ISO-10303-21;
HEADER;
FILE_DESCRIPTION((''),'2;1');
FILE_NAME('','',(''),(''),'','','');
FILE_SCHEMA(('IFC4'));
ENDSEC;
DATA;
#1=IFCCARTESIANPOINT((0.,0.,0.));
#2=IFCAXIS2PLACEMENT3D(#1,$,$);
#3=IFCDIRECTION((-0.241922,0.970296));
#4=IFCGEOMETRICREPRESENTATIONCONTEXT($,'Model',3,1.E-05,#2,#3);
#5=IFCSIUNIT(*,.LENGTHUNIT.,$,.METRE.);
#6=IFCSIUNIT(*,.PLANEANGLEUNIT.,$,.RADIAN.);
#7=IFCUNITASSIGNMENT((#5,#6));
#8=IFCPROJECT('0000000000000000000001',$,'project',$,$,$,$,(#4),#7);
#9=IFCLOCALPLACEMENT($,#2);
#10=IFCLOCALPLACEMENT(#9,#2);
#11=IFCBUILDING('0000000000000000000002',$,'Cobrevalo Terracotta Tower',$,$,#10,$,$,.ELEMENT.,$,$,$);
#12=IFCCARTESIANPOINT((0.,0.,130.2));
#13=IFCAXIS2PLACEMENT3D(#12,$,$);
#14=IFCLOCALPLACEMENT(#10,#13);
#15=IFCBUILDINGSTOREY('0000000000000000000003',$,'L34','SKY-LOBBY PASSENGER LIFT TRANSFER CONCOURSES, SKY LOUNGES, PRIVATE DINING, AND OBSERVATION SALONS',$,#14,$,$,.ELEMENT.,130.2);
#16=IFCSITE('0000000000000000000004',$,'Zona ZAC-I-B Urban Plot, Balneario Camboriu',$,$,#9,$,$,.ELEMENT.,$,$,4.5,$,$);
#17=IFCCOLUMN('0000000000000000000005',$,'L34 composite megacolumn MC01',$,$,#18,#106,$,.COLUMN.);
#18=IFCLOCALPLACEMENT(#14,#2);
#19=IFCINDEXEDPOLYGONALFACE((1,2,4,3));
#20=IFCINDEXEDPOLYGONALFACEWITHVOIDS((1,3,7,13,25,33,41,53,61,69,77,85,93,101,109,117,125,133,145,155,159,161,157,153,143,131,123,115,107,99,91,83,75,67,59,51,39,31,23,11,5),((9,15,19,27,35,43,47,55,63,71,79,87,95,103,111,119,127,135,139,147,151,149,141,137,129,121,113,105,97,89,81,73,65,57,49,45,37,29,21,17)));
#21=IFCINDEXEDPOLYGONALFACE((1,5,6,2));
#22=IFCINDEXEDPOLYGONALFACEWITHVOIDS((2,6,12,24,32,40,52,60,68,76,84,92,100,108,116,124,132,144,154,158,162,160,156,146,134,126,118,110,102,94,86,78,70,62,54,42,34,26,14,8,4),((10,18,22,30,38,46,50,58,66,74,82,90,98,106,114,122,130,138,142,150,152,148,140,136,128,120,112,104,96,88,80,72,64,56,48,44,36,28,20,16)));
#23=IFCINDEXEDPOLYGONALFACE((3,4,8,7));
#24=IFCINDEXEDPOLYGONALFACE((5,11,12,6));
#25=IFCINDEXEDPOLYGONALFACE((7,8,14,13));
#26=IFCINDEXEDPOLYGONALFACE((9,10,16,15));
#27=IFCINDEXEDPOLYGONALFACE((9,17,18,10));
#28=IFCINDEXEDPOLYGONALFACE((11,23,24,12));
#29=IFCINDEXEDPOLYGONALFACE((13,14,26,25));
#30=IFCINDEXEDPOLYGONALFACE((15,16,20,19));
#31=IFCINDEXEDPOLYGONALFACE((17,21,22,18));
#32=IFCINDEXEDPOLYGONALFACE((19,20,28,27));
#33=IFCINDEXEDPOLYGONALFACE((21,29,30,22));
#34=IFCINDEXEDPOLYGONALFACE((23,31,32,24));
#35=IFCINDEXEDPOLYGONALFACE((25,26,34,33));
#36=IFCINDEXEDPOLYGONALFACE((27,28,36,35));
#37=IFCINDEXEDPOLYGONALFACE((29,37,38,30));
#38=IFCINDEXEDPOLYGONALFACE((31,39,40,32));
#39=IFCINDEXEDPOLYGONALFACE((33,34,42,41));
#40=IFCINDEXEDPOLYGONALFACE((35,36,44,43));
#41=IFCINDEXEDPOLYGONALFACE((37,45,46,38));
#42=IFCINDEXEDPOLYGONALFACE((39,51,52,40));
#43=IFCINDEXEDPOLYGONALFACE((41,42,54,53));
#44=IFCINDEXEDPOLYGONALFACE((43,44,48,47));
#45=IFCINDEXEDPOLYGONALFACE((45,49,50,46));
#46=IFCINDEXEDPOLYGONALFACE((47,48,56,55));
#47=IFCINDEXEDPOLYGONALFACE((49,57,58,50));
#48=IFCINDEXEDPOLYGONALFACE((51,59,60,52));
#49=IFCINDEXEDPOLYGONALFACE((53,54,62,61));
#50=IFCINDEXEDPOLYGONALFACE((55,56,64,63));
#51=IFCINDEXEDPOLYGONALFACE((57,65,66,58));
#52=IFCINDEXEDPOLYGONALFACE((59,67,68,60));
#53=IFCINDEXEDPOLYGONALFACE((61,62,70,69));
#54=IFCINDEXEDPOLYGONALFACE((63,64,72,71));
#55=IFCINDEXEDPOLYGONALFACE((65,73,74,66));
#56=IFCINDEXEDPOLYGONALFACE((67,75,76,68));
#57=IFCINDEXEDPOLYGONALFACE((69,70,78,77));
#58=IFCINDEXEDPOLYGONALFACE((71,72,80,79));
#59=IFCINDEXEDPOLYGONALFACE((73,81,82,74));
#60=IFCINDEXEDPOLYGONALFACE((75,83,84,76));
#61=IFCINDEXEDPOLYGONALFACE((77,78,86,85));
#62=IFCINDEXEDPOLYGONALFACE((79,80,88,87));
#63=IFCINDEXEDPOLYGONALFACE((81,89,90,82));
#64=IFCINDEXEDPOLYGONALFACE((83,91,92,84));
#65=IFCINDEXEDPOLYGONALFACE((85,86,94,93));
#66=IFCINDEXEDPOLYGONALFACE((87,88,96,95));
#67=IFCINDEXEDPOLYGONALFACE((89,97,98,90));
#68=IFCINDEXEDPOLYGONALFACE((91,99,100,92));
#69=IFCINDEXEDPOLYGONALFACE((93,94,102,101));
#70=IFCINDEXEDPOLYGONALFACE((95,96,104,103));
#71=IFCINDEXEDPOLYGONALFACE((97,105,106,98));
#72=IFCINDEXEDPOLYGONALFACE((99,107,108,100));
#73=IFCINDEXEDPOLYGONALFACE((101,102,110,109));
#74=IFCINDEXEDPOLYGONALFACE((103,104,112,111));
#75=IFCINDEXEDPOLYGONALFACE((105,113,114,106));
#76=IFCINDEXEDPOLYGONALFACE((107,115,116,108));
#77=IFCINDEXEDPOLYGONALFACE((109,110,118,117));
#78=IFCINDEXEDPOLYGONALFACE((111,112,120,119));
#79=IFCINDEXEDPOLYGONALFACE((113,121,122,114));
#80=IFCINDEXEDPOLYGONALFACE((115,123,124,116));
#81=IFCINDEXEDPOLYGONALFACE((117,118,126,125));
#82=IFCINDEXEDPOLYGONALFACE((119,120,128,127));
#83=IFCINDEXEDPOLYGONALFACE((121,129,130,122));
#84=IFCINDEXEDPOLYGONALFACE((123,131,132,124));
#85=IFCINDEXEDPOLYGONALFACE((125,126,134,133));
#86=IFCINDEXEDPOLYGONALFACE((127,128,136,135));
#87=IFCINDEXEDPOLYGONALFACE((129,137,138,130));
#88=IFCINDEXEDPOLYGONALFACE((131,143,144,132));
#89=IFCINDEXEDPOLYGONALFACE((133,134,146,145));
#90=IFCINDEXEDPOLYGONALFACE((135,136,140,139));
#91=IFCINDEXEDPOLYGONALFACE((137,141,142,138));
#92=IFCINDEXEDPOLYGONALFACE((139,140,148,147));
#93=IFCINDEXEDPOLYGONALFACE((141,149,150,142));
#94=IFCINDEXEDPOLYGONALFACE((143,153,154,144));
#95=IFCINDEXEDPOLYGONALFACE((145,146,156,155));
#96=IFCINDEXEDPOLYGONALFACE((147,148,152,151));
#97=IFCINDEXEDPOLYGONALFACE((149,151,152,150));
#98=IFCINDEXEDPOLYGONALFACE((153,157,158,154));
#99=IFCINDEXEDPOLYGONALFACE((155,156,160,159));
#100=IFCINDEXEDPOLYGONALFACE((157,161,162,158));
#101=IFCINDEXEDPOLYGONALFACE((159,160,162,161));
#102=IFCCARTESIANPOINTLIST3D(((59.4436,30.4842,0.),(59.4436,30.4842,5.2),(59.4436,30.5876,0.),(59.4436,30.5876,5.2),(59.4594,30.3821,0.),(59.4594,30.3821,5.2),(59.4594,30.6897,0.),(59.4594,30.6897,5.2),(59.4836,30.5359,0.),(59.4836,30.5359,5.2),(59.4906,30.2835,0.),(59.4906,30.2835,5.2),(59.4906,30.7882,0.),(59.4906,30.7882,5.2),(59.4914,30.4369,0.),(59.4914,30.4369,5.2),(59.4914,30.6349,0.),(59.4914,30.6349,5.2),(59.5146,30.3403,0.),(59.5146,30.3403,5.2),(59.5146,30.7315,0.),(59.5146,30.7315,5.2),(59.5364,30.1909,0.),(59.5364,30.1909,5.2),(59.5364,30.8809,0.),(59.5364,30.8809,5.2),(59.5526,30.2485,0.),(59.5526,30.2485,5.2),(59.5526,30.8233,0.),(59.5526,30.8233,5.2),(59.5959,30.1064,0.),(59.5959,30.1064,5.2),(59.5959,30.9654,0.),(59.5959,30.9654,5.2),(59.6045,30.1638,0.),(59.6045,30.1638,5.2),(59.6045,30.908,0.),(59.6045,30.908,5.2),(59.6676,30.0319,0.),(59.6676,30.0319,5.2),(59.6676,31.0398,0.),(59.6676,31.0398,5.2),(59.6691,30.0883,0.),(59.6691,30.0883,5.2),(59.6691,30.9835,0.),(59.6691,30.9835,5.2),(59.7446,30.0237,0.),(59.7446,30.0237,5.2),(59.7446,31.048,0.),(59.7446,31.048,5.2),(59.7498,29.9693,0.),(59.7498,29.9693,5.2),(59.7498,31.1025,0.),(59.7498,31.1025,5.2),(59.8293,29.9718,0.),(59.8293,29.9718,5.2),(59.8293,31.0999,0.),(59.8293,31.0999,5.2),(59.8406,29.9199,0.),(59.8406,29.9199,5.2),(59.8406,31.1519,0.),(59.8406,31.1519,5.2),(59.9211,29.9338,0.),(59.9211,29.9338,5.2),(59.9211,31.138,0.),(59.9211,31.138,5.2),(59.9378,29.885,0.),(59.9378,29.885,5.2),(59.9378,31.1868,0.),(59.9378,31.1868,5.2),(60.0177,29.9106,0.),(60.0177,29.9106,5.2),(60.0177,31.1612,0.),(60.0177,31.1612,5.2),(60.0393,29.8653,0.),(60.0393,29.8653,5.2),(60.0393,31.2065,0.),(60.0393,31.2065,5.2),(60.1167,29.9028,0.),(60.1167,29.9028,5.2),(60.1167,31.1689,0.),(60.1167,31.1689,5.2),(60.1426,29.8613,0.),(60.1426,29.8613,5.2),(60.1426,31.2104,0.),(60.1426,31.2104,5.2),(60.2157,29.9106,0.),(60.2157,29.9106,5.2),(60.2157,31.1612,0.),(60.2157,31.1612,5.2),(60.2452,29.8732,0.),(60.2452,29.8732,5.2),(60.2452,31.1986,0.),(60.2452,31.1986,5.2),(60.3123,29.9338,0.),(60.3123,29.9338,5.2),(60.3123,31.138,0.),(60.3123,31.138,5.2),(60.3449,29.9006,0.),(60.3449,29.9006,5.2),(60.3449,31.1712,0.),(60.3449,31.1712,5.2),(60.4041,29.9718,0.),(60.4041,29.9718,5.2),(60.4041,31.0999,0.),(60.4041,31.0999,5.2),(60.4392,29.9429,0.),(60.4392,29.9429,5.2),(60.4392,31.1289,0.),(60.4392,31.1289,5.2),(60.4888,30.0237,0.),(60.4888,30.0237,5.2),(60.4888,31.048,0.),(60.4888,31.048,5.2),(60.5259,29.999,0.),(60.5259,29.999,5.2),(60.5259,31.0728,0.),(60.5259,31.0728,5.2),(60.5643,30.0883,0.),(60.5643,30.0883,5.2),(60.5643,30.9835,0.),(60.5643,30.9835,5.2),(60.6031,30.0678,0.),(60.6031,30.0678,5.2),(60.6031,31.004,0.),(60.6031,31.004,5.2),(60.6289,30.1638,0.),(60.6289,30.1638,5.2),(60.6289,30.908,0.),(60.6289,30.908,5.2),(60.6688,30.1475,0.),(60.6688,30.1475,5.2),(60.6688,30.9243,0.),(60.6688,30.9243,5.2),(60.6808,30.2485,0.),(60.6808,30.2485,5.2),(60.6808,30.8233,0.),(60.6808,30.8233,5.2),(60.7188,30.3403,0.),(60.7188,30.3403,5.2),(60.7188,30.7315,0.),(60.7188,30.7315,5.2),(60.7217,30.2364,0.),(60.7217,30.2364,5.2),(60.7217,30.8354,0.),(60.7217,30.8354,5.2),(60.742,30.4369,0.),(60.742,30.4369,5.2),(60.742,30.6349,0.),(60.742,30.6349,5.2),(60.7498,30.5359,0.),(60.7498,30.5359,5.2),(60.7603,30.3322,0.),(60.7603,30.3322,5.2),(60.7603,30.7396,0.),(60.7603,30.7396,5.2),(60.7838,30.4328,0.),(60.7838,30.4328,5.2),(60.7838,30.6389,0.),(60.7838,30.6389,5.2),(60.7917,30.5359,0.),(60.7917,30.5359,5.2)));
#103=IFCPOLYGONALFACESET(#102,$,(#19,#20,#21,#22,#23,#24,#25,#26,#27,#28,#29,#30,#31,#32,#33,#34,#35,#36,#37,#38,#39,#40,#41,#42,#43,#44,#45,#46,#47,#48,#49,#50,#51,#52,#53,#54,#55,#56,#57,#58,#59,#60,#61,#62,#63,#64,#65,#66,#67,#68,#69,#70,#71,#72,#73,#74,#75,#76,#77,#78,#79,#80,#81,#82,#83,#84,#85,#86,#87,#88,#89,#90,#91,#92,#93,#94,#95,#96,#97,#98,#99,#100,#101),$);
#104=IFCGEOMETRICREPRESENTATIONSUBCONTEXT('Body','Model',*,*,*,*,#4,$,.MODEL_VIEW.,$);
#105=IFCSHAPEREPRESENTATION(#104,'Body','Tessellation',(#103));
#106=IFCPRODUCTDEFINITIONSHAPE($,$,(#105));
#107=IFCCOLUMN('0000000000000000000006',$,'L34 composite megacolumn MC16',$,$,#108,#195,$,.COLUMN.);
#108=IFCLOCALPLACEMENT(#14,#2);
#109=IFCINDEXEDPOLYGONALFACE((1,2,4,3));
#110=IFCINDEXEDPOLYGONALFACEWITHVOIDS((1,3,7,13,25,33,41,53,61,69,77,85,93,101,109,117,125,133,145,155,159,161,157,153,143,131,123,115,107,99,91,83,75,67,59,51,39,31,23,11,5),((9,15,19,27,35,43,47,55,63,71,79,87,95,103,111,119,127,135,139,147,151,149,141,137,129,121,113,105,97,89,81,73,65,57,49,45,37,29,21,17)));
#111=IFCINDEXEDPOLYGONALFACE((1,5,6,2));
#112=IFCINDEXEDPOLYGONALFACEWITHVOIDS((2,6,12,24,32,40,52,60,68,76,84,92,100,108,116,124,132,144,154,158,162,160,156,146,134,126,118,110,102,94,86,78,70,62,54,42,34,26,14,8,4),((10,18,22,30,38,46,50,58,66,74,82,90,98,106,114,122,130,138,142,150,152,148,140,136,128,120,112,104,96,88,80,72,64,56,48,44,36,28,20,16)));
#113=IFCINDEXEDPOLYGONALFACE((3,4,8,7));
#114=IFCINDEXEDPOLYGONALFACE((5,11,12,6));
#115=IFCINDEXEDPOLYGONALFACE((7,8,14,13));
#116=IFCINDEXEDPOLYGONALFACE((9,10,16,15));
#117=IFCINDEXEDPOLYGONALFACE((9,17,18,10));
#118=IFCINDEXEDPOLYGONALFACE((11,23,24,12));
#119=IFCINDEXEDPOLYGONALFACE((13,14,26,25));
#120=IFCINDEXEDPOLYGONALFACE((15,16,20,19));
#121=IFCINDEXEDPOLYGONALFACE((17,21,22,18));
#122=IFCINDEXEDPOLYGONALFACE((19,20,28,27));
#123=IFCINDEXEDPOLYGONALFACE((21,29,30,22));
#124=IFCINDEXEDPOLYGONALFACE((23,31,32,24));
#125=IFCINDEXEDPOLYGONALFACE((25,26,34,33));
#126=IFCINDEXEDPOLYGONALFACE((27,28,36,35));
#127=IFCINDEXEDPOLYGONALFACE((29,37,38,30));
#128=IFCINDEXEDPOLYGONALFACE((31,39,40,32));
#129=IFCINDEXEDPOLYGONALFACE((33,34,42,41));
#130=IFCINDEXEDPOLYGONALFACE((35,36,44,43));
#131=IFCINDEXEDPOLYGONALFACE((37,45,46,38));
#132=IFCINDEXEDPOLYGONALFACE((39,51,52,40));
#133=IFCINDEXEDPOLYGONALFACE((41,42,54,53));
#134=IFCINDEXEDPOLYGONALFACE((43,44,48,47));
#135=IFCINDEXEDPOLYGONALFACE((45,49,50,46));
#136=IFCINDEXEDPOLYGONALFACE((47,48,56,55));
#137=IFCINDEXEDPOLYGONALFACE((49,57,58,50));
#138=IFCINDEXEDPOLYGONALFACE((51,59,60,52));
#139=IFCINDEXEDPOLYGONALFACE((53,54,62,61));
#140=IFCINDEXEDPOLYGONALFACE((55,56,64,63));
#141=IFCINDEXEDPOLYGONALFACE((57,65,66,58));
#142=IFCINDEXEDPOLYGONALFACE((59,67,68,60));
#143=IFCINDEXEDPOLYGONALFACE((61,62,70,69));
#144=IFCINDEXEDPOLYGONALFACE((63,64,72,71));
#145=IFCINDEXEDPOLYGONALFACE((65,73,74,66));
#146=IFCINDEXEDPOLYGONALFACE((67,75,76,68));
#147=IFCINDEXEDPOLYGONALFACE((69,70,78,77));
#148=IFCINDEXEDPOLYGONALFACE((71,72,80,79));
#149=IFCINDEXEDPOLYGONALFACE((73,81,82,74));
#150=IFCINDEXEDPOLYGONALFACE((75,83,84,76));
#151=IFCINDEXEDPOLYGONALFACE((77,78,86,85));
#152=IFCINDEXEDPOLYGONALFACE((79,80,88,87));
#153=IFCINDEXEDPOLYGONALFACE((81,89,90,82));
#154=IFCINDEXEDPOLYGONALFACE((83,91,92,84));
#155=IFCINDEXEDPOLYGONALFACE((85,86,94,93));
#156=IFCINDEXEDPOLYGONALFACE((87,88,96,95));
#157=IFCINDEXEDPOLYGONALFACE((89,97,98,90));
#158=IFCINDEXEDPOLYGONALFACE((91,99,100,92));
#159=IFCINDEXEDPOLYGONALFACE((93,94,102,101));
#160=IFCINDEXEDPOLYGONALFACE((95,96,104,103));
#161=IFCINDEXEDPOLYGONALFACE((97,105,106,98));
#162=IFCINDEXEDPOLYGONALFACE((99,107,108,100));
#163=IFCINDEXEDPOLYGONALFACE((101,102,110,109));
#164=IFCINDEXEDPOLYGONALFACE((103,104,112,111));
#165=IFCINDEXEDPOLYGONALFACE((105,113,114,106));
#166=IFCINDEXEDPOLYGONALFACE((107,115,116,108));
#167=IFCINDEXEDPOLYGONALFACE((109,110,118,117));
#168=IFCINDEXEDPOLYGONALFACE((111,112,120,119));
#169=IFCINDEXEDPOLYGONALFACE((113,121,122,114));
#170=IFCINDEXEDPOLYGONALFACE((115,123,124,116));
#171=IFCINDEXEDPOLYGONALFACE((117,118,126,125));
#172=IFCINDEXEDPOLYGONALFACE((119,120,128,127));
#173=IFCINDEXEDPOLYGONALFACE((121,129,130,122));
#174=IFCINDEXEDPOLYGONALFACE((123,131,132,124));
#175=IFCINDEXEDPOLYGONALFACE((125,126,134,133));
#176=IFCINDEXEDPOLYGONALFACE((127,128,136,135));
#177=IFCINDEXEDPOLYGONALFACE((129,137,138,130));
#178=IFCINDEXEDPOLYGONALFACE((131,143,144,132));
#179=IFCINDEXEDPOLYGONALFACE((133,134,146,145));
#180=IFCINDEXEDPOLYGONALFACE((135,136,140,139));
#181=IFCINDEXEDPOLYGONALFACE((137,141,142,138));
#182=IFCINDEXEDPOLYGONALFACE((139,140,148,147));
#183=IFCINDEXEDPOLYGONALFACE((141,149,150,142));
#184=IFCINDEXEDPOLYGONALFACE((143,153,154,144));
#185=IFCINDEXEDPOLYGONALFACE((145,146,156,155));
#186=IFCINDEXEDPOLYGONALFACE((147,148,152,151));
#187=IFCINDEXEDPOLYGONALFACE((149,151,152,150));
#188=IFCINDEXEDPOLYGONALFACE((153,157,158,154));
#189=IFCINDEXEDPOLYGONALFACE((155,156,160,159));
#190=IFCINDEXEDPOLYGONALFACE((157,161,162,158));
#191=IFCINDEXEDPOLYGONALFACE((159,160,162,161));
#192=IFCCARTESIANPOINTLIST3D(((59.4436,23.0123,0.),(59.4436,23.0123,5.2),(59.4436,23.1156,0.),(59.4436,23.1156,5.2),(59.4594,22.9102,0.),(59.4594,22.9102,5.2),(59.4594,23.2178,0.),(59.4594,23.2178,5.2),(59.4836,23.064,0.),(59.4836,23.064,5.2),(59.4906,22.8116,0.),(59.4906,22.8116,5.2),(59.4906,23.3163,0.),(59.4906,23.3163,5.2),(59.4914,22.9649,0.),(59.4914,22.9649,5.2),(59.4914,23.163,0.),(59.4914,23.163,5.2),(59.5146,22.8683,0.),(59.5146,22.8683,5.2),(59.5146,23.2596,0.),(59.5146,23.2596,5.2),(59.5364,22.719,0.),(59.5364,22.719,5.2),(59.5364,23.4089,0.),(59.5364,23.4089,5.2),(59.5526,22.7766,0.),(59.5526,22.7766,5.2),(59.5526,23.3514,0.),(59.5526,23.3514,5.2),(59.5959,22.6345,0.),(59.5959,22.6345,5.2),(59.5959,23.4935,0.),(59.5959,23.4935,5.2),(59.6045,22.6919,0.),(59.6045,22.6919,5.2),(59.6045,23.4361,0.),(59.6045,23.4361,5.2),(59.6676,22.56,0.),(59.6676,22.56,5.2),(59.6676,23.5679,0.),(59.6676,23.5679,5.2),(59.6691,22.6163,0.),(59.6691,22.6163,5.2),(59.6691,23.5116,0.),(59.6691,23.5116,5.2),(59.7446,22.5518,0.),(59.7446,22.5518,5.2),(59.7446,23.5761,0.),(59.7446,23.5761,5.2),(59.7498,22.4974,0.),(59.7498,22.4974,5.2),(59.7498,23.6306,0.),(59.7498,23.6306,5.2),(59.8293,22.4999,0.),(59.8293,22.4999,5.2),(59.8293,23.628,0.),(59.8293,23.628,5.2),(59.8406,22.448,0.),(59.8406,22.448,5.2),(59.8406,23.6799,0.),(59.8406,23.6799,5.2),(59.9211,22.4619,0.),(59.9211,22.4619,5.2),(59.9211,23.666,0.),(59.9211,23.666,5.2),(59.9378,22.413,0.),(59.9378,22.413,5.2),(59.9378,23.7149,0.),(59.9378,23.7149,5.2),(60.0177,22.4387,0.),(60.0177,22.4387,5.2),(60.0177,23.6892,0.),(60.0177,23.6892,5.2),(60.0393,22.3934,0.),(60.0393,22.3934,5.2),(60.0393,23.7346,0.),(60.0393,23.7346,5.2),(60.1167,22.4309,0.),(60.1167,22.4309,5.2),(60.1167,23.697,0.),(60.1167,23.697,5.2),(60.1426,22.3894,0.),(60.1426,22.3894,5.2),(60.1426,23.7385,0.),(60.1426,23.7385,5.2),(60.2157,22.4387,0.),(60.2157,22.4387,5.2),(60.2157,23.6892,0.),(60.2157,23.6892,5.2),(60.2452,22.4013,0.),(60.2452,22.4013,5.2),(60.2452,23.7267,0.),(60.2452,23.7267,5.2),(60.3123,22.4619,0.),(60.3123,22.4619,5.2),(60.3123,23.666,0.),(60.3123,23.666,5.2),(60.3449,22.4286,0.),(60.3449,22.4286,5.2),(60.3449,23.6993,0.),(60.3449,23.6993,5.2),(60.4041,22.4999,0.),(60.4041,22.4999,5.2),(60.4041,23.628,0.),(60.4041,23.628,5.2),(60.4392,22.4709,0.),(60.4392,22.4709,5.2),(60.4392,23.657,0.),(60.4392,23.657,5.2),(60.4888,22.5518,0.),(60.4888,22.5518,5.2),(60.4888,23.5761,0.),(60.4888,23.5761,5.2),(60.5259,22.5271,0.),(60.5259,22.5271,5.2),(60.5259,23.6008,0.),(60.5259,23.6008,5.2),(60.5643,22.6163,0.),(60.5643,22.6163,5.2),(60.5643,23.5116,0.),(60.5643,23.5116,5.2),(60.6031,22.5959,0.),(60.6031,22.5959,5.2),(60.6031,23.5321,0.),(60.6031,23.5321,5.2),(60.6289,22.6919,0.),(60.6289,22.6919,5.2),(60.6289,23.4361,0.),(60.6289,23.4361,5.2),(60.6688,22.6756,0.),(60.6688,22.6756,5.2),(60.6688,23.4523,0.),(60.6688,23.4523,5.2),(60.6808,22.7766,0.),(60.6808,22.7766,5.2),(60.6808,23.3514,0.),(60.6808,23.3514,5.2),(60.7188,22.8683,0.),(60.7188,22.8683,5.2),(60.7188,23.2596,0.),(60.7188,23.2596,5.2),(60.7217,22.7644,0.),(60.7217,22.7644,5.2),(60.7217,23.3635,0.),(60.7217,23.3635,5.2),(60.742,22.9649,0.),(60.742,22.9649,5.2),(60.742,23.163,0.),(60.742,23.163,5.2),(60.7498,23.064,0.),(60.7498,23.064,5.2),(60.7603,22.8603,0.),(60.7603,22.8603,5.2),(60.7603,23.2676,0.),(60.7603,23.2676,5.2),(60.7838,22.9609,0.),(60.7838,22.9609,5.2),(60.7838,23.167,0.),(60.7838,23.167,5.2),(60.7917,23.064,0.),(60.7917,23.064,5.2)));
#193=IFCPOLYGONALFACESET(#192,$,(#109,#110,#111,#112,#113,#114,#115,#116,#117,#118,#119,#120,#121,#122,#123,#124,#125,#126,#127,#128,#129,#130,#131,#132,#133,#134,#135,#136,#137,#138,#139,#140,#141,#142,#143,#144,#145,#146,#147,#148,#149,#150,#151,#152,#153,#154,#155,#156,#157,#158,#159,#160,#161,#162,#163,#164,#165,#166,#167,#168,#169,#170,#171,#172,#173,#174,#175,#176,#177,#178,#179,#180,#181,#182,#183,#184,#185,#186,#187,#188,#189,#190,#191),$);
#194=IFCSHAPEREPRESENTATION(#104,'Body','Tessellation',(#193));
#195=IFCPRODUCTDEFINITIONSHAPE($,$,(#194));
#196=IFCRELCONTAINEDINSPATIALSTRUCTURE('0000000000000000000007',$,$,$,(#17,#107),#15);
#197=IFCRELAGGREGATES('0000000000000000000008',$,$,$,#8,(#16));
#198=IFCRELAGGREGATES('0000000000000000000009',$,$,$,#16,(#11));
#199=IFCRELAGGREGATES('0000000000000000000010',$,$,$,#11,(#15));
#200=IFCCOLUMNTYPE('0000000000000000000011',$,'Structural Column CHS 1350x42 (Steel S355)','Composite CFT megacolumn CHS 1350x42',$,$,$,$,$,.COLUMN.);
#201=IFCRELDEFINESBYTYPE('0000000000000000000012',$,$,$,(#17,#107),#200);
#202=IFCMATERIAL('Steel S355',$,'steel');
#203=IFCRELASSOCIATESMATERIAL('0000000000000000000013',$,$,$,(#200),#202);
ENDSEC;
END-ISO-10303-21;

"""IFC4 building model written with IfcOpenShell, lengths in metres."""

from ifc_helpers import new_model, si_unit, direction, frame, origin, origin_2d, place, context, subcontext, project, spatial, hollow_circle, extrude, material, material_profile, profile_set, type_object, element, save


model = new_model("IFC4")

# Units and contexts
model_context = context("Model", 3, precision=1e-05, world=origin(), true_north=direction((-0.241922, 0.970296)))
body_context = subcontext(model_context, "Body", "Model", "MODEL_VIEW")
ifc_project = project(units=[si_unit("LENGTHUNIT", "METRE"), si_unit("PLANEANGLEUNIT", "RADIAN")], contexts=[model_context])

# Site, building, storey
site_placement = place(None, origin())
site = spatial("IfcSite", under=ifc_project, at=site_placement, Name="Zona ZAC-I-B Urban Plot, Balneario Camboriu", CompositionType="ELEMENT", RefElevation=4.5)
building_placement = place(site_placement, origin())
building = spatial("IfcBuilding", under=site, at=building_placement, Name="Cobrevalo Terracotta Tower", CompositionType="ELEMENT")
storey_placement = place(building_placement, frame((0.0, 0.0, 130.2)))
storey = spatial("IfcBuildingStorey", under=building, at=storey_placement, Name="L34", Description="SKY-LOBBY PASSENGER LIFT TRANSFER CONCOURSES, SKY LOUNGES, PRIVATE DINING, AND OBSERVATION SALONS", CompositionType="ELEMENT", Elevation=130.2)

# Columns
ifc_material_1 = material(Name="Steel S355", Category="steel")
ifc_material_profile_1 = material_profile(ifc_material_1, hollow_circle(Radius=0.675, WallThickness=0.042, at=origin_2d()), Name="CHS 1350x42")
ifc_profile_set_1 = profile_set([ifc_material_profile_1], Name="Steel S355")
column_type = type_object("IfcColumnType", Name="Structural Column CHS 1350x42 (Steel S355)", Description="Composite CFT megacolumn CHS 1350x42", PredefinedType="COLUMN", material=ifc_profile_set_1)
for number, where, z_axis, x_axis, name in (
    (1, (60.1167, 30.5359, 0.0), (0.0, 0.0, 1.0), (1.0, 0.0, 0.0), "L34 composite megacolumn MC01"),
    (2, (60.1167, 23.064, 0.0), (0.0, 0.0, 1.0), (1.0, 0.0, 0.0), "L34 composite megacolumn MC16"),
):
    element("IfcColumn", number, at=place(storey_placement, frame(where, z_axis=z_axis, x_axis=x_axis)), inside=storey, type_object=column_type, Name=name, PredefinedType="COLUMN", context=body_context, shape_type="SweptSolid", body=[
        extrude(hollow_circle(Radius=0.675, WallThickness=0.042, at=origin_2d()), origin(), (0.0, 0.0, 1.0), 5.2),
    ])

save(model, "model.ifc")
